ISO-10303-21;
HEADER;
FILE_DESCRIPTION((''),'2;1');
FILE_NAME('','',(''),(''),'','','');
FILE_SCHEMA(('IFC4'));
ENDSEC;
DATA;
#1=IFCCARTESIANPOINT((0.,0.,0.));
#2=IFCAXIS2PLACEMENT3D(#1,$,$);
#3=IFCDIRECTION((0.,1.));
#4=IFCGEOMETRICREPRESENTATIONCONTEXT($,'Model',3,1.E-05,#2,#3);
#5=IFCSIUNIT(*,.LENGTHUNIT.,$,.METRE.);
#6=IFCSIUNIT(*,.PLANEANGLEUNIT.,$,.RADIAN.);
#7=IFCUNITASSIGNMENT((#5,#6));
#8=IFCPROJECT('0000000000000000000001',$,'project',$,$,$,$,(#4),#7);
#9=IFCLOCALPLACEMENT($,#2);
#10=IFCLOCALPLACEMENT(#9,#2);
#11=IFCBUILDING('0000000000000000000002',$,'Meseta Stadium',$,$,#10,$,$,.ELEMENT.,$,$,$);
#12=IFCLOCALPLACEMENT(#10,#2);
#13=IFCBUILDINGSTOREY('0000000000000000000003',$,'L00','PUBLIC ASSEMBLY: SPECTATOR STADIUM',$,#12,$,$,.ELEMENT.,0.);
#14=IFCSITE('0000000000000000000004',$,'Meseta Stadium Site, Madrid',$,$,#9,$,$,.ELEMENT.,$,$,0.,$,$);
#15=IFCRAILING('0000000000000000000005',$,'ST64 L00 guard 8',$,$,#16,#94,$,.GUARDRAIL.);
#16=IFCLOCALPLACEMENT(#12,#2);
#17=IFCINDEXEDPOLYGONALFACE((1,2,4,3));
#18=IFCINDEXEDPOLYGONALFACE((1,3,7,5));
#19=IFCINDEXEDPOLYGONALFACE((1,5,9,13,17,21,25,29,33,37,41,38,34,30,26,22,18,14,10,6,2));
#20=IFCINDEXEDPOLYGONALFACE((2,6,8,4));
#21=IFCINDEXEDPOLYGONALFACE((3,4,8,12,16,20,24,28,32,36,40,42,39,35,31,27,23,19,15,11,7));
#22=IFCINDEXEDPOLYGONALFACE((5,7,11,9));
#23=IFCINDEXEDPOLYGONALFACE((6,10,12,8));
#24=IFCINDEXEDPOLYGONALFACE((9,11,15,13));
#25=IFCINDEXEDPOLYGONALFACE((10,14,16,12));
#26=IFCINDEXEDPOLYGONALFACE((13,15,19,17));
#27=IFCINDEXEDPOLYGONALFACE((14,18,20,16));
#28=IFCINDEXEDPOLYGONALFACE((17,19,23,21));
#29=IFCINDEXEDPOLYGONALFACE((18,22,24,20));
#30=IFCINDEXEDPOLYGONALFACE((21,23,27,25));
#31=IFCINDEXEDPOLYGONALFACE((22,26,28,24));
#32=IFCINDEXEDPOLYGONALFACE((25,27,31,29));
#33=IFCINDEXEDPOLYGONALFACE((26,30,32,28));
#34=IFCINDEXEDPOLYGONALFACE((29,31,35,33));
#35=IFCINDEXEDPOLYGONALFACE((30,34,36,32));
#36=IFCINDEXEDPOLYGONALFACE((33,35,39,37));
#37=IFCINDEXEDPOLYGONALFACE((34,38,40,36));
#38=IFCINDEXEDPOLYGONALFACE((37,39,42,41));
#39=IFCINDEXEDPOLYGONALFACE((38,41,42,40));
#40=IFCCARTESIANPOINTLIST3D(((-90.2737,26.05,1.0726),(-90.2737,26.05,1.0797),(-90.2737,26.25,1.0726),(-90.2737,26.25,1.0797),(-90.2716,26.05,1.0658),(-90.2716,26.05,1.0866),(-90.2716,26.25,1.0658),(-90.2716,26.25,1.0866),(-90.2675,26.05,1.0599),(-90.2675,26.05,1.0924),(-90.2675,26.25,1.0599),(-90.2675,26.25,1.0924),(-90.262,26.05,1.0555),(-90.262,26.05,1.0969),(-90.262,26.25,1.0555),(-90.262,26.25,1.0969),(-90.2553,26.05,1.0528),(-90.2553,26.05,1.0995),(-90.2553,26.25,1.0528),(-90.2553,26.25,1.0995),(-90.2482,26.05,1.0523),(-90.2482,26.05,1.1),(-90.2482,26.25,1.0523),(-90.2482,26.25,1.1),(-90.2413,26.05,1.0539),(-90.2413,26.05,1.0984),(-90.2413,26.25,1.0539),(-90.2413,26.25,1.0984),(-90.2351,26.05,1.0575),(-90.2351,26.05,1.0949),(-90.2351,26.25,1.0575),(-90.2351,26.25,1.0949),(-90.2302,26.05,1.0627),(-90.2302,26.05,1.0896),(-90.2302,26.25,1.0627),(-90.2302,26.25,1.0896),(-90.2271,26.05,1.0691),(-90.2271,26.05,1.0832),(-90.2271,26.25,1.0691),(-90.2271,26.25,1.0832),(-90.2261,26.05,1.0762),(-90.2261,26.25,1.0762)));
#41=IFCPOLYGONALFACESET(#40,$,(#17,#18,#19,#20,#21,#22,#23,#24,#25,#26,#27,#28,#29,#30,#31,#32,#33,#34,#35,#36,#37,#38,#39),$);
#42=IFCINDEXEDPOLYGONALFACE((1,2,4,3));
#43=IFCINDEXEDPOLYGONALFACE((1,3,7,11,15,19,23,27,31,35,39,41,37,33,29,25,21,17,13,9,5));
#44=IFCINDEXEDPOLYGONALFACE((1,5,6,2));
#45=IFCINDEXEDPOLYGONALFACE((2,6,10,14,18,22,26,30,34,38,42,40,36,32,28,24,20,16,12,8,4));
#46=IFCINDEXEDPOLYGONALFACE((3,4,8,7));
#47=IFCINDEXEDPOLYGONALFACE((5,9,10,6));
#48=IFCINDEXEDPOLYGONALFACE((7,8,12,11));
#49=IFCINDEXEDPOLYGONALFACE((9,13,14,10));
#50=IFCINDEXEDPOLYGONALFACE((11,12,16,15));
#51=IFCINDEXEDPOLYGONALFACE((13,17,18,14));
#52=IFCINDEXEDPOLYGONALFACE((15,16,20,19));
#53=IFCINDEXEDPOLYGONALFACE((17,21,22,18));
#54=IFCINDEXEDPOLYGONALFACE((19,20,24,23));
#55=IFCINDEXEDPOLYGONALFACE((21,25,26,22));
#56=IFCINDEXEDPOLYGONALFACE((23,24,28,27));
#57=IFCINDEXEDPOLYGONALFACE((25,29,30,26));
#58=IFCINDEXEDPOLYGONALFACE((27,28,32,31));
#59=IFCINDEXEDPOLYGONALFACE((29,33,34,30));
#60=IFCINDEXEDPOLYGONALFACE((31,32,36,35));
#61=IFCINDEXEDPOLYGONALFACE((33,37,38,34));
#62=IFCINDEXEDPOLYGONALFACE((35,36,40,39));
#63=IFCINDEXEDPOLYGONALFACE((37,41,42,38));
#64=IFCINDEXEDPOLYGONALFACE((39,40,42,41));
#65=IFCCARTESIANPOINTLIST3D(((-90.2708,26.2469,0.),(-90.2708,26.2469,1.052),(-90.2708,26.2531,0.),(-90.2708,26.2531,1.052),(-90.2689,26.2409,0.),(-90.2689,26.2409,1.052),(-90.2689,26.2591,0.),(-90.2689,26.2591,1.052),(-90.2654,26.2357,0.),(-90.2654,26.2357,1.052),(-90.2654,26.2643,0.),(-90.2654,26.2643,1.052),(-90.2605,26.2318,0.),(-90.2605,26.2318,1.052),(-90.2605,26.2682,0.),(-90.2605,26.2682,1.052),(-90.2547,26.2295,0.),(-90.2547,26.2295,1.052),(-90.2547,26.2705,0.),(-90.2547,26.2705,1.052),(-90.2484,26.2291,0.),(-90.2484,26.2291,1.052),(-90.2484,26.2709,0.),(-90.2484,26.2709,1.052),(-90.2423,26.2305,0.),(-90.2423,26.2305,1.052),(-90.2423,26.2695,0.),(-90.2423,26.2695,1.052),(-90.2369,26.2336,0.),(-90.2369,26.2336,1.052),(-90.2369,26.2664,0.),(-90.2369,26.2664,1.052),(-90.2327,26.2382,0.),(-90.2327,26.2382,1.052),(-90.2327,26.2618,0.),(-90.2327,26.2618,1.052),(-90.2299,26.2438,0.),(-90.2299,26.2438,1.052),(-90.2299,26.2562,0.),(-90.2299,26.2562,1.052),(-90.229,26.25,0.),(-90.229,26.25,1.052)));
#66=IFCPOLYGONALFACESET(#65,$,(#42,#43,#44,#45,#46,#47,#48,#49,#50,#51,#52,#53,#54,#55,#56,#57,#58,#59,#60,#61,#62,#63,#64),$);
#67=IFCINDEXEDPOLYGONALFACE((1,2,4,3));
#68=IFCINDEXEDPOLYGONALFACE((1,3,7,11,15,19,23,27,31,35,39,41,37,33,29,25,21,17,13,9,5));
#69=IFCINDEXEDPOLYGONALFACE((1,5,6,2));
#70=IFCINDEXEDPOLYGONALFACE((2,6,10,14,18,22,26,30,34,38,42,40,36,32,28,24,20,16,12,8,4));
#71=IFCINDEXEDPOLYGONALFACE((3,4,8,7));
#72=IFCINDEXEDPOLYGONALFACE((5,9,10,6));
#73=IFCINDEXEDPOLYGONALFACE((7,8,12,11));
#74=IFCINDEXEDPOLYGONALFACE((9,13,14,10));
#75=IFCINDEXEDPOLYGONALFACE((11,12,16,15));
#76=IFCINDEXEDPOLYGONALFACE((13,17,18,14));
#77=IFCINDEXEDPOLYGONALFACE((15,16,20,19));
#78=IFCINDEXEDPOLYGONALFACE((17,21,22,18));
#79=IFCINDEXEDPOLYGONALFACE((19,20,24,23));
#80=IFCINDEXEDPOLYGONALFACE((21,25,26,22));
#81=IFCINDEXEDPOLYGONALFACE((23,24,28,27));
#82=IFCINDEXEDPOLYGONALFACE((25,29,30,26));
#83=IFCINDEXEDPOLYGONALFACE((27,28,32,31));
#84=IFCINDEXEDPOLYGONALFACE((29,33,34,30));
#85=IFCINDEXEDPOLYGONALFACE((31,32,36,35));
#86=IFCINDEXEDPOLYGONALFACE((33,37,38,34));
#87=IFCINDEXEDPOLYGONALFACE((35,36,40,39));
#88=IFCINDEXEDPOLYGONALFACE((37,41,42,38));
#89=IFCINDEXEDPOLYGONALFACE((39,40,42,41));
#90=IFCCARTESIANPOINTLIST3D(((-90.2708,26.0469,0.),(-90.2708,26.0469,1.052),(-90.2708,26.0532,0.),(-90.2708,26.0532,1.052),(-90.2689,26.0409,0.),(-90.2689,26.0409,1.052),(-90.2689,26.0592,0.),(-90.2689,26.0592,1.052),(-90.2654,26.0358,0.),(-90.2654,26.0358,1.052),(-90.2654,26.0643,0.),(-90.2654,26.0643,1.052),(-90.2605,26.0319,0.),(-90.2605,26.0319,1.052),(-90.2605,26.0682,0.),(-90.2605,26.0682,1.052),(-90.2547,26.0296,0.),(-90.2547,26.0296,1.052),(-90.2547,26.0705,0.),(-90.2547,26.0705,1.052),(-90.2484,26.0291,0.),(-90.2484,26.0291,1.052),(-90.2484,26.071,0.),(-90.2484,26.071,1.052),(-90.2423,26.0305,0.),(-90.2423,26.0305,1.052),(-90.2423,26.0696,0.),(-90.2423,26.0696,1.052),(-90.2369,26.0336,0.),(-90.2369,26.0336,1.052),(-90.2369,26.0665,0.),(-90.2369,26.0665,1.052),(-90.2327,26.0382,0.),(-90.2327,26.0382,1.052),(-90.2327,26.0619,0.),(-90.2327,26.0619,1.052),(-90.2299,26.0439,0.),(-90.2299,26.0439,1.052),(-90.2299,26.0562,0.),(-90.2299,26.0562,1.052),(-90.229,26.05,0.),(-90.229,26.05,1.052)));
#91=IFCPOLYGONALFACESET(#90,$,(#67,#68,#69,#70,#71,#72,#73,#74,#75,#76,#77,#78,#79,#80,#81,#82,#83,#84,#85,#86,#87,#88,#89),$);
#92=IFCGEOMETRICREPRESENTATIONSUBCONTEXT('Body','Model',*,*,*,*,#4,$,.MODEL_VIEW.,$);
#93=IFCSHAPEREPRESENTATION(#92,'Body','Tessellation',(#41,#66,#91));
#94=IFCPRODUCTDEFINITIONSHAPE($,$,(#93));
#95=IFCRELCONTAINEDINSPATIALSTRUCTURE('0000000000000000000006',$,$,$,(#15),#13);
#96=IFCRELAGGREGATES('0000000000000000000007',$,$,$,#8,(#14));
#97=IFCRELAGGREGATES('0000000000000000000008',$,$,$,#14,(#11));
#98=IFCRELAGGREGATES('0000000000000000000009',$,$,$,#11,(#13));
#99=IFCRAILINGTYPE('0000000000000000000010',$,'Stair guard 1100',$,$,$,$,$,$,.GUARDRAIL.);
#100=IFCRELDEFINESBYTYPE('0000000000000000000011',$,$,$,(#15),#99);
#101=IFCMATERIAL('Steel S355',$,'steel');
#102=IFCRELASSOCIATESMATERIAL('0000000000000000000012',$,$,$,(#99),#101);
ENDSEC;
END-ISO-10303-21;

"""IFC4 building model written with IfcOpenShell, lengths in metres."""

from ifc_helpers import new_model, si_unit, direction, frame, origin, origin_2d, place, context, subcontext, project, spatial, circle, extrude, material, type_object, element, save


model = new_model("IFC4")

# Units and contexts
model_context = context("Model", 3, precision=1e-05, world=origin(), true_north=direction((0.0, 1.0)))
body_context = subcontext(model_context, "Body", "Model", "MODEL_VIEW")
ifc_project = project(units=[si_unit("LENGTHUNIT", "METRE"), si_unit("PLANEANGLEUNIT", "RADIAN")], contexts=[model_context])

# Site, building, storey
site_placement = place(None, origin())
site = spatial("IfcSite", under=ifc_project, at=site_placement, Name="Meseta Stadium Site, Madrid", CompositionType="ELEMENT", RefElevation=0.0)
building_placement = place(site_placement, origin())
building = spatial("IfcBuilding", under=site, at=building_placement, Name="Meseta Stadium", CompositionType="ELEMENT")
storey_placement = place(building_placement, origin())
storey = spatial("IfcBuildingStorey", under=building, at=storey_placement, Name="L00", Description="PUBLIC ASSEMBLY: SPECTATOR STADIUM", CompositionType="ELEMENT", Elevation=0.0)

# Railing
ifc_material_1 = material(Name="Steel S355", Category="steel")
railing_type_1 = type_object("IfcRailingType", Name="Stair guard 1100", PredefinedType="GUARDRAIL", material=ifc_material_1)
railing_1_placement = place(storey_placement, frame((-90.25, 26.25, 0.0)))
element("IfcRailing", 1, at=railing_1_placement, inside=storey, type_object=railing_type_1, Name="ST64 L00 guard 8", PredefinedType="GUARDRAIL", context=body_context, shape_type="SweptSolid", body=[
    extrude(circle(Radius=0.0239, at=origin_2d()), frame((0.0, 0.0, 1.0762), z_axis=(0.0, -1.0, 0.0), x_axis=(1.0, 0.0, 0.0)), (0.0, 0.0, 1.0), 0.2),
    extrude(circle(Radius=0.021, at=origin_2d()), origin(), (0.0, 0.0, 1.0), 1.052),
    extrude(circle(Radius=0.021, at=origin_2d()), frame((0.0, -0.2, 0.0)), (0.0, 0.0, 1.0), 1.052),
])

save(model, "model.ifc")
